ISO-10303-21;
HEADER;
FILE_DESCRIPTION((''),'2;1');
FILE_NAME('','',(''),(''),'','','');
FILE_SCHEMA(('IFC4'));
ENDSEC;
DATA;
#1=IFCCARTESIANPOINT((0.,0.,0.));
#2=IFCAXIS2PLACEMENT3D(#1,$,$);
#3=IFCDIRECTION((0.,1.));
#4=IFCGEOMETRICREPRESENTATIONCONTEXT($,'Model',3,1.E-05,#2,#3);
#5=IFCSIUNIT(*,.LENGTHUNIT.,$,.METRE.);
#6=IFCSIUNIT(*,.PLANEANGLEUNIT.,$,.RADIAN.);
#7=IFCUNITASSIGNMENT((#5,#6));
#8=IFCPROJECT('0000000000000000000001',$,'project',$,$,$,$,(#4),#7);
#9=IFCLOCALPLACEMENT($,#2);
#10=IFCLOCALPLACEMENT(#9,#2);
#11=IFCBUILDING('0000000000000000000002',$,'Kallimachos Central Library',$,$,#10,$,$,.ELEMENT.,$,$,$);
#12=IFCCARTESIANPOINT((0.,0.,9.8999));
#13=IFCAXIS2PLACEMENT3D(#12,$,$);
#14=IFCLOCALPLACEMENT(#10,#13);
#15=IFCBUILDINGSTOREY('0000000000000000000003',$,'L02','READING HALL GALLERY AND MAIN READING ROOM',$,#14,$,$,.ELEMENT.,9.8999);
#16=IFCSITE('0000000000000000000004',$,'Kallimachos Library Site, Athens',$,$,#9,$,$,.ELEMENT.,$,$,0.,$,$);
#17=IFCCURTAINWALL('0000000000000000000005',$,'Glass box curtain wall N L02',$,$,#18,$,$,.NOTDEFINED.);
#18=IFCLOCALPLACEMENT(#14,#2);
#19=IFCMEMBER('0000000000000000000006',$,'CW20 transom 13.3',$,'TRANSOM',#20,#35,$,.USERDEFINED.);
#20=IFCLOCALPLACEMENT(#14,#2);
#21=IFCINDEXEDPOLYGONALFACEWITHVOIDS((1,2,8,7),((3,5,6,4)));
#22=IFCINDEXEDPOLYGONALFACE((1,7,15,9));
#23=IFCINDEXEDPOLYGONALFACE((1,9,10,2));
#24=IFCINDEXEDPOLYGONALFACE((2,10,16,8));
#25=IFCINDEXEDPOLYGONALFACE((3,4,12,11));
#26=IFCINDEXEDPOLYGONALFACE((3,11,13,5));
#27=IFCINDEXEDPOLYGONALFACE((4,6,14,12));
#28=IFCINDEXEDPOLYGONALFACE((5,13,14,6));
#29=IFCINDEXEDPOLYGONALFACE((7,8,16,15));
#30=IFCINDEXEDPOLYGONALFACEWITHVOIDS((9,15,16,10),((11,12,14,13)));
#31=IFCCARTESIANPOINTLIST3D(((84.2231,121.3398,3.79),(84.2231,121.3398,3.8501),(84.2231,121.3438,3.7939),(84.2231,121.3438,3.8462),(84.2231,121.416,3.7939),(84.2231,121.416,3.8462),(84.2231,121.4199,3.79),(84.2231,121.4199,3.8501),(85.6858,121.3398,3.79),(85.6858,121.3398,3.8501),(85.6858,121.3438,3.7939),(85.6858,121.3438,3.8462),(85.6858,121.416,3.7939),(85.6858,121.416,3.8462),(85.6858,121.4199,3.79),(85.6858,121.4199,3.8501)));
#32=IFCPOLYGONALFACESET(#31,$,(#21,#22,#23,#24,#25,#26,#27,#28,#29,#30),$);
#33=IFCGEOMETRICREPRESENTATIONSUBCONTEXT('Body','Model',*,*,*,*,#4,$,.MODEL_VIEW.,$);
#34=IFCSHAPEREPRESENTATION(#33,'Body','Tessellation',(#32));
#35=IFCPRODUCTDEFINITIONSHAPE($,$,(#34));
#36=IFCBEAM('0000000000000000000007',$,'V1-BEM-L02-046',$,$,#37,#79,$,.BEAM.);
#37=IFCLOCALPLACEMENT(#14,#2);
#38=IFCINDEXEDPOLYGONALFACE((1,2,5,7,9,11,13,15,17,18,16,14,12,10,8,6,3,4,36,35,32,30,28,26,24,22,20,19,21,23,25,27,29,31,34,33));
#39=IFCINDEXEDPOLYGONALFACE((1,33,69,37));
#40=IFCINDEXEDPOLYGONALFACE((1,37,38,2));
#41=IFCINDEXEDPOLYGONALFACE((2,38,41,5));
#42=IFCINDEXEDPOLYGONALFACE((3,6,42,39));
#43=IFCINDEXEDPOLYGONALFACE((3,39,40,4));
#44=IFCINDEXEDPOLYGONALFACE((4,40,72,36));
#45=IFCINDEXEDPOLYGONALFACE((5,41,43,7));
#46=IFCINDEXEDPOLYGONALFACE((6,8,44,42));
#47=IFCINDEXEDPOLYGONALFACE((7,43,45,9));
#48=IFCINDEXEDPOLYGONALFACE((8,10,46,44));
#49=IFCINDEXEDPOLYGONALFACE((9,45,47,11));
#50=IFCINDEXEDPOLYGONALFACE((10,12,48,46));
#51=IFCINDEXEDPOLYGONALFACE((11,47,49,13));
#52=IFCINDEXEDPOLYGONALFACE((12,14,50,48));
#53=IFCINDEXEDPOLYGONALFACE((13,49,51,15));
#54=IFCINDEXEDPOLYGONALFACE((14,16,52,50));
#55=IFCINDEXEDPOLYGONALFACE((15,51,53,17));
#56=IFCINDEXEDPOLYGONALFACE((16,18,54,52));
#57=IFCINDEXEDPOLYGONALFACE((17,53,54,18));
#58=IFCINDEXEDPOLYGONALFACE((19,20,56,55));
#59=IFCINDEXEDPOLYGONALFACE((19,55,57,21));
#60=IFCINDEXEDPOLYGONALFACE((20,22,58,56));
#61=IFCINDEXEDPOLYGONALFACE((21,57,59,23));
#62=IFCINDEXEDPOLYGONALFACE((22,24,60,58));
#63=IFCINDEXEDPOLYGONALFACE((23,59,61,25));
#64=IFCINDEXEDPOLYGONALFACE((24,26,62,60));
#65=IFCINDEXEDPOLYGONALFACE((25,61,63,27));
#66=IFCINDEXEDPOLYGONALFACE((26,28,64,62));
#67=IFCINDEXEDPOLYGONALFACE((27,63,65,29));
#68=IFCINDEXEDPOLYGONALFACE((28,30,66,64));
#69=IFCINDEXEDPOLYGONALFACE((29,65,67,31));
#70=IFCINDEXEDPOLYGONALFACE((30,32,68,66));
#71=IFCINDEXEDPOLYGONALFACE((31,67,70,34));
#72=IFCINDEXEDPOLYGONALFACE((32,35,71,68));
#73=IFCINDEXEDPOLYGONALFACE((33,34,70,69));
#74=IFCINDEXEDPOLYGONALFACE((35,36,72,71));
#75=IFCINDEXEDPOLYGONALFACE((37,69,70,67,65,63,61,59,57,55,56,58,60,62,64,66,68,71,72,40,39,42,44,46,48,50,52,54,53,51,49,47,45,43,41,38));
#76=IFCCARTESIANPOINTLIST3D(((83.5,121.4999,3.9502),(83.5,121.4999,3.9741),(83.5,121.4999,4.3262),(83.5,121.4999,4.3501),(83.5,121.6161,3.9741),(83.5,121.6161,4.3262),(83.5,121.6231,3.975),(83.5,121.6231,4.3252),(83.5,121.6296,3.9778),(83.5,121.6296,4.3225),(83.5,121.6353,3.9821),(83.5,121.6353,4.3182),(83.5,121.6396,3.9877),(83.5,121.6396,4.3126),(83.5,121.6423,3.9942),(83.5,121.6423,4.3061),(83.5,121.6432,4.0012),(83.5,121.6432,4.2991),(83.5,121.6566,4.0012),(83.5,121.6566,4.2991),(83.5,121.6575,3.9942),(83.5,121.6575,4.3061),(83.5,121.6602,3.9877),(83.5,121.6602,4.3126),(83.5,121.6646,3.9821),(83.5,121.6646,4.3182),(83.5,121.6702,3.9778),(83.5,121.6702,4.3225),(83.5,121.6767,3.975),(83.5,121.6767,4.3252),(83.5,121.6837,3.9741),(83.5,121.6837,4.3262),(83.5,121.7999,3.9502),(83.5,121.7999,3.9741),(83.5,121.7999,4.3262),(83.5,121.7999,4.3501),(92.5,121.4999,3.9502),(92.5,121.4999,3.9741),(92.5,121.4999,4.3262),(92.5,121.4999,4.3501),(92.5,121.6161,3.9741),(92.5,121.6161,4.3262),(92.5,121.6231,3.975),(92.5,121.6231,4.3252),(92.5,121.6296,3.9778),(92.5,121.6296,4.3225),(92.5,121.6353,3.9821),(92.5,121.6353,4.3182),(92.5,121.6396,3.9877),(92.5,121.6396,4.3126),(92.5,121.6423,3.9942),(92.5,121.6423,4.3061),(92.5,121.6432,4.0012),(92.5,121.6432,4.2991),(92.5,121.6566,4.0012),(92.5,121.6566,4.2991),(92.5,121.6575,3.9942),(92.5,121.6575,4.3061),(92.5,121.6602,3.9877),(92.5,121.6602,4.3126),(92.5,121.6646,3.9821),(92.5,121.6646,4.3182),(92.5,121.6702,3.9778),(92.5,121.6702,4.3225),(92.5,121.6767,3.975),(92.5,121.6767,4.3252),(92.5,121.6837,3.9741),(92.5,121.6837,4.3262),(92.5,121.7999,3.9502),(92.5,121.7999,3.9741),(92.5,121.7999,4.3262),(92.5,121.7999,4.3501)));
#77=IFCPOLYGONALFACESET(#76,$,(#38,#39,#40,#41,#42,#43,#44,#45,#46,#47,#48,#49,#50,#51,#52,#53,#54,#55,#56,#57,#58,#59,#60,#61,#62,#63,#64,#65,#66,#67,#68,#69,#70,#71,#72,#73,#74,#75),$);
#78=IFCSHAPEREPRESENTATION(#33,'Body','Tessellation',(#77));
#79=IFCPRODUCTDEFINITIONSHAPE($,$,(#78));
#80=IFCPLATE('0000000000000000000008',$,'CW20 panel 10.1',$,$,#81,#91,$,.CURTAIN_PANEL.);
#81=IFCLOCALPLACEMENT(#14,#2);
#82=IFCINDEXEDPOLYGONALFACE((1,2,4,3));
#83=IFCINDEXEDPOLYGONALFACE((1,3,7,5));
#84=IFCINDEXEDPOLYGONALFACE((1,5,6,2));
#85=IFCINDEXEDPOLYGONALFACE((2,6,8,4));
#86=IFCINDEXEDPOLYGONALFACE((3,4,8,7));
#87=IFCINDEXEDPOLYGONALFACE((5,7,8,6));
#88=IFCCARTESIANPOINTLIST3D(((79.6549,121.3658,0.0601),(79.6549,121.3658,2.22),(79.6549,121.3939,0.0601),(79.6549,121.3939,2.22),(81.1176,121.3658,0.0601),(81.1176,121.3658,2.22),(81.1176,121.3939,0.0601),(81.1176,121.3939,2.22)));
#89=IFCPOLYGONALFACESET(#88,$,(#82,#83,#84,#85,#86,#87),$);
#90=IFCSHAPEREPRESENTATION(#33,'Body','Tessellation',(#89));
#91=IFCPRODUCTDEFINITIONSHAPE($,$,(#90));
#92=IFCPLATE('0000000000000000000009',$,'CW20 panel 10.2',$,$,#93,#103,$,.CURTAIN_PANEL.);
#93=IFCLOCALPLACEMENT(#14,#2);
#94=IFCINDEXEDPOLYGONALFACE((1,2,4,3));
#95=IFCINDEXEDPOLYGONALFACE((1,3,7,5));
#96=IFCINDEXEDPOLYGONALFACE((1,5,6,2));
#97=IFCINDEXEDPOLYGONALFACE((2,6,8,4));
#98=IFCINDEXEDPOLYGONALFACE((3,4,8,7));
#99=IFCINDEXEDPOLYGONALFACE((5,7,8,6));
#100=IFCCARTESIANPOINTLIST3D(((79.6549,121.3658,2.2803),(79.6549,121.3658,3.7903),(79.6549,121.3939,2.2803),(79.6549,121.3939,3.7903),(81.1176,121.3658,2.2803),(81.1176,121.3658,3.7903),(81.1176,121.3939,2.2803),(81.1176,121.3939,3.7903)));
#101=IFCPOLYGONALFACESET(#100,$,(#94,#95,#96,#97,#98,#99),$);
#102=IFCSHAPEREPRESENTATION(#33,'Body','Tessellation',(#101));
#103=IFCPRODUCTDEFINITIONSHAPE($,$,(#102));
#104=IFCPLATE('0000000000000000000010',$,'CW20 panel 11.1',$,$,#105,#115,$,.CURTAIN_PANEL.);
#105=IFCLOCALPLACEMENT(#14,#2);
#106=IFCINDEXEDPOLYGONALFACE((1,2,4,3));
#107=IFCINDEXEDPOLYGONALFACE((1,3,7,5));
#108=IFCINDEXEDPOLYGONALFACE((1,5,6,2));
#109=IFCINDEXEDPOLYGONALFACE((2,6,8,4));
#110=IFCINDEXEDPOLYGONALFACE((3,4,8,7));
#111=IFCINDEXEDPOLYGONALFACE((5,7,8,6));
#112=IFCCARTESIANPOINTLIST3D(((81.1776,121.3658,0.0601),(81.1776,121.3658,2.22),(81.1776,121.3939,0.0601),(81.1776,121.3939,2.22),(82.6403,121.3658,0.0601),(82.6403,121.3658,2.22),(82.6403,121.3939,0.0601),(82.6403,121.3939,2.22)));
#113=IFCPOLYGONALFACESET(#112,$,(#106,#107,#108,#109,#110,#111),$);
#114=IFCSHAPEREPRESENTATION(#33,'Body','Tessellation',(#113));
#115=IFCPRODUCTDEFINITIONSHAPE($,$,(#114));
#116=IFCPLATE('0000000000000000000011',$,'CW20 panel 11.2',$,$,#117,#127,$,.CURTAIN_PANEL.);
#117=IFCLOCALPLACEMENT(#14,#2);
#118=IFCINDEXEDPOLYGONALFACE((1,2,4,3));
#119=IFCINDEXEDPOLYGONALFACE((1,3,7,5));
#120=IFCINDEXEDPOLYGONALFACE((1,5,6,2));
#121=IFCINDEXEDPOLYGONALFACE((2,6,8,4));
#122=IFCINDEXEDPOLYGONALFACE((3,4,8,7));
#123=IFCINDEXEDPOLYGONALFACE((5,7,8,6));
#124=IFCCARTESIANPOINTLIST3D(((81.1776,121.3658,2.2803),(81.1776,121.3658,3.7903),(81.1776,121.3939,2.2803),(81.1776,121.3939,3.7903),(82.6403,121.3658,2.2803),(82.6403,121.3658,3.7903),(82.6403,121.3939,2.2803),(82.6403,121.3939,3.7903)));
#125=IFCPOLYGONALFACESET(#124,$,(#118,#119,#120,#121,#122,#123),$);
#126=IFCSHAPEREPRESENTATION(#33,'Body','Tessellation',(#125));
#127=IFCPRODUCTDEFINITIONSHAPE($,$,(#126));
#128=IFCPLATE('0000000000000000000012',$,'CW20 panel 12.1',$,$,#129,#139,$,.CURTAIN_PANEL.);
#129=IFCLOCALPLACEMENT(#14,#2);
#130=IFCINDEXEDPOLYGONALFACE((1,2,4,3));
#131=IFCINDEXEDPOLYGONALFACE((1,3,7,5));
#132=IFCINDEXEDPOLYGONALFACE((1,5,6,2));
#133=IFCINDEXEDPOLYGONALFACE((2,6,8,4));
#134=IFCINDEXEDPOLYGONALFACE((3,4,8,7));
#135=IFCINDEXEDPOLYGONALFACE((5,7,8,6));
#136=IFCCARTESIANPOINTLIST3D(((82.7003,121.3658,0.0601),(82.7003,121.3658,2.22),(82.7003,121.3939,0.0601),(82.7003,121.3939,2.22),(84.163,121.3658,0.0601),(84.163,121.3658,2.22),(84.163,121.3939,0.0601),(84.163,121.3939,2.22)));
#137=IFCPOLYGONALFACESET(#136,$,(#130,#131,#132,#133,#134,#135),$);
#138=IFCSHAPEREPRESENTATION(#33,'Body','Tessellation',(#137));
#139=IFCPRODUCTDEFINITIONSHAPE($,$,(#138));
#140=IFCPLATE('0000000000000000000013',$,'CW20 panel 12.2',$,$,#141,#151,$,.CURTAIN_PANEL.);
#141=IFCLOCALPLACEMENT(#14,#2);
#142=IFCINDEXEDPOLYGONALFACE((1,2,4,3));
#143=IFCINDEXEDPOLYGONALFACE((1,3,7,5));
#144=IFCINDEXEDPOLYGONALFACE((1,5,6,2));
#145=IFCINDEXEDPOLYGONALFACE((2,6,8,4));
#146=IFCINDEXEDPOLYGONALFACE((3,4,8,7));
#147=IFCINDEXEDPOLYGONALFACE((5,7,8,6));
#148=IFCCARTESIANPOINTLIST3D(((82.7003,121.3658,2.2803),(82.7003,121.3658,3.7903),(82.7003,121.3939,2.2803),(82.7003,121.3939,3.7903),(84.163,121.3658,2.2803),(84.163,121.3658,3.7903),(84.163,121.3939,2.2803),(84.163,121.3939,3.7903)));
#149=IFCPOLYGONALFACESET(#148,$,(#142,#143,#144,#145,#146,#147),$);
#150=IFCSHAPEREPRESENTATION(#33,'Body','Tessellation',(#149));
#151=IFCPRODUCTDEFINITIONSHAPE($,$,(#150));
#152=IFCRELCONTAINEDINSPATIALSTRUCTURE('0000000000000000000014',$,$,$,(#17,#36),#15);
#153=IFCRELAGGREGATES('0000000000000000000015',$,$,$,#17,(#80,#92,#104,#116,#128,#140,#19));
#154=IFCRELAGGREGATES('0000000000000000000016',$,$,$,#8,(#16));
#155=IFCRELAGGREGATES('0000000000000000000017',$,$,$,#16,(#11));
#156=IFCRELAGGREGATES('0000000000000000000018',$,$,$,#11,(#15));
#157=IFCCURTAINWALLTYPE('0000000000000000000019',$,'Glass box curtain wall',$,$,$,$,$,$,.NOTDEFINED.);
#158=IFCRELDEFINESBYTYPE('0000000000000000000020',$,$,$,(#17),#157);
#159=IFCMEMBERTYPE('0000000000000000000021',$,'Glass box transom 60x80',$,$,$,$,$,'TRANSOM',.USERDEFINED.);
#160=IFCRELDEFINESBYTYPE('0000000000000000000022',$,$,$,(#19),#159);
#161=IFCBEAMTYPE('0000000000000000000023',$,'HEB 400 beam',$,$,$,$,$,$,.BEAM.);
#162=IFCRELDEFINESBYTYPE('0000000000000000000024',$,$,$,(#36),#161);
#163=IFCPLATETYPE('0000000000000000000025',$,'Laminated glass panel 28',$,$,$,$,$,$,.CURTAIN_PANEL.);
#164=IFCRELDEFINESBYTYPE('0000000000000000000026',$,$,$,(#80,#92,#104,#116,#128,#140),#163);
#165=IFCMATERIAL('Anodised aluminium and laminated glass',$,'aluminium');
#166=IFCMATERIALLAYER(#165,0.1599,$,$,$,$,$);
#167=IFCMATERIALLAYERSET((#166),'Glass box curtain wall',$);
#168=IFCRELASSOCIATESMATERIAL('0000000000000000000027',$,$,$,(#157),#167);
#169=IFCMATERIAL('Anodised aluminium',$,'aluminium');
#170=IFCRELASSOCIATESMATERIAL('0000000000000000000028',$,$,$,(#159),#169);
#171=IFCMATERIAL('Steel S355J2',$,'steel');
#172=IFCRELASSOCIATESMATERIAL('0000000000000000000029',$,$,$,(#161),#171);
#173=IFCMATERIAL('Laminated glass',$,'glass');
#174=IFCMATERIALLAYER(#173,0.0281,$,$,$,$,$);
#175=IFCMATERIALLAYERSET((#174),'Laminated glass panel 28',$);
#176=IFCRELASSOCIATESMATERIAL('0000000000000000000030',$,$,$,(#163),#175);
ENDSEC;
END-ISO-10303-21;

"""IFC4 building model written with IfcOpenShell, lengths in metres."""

from ifc_helpers import new_model, si_unit, direction, frame, origin, origin_2d, place, context, subcontext, project, spatial, rectangle, hollow_rectangle, i_section, extrude, material, layer, layer_set, material_profile, profile_set, type_object, element, aggregate, save


model = new_model("IFC4")

# Units and contexts
model_context = context("Model", 3, precision=1e-05, world=origin(), true_north=direction((0.0, 1.0)))
body_context = subcontext(model_context, "Body", "Model", "MODEL_VIEW")
ifc_project = project(units=[si_unit("LENGTHUNIT", "METRE"), si_unit("PLANEANGLEUNIT", "RADIAN")], contexts=[model_context])

# Site, building, storey
site_placement = place(None, origin())
site = spatial("IfcSite", under=ifc_project, at=site_placement, Name="Kallimachos Library Site, Athens", CompositionType="ELEMENT", RefElevation=0.0)
building_placement = place(site_placement, origin())
building = spatial("IfcBuilding", under=site, at=building_placement, Name="Kallimachos Central Library", CompositionType="ELEMENT")
storey_placement = place(building_placement, frame((0.0, 0.0, 9.8999)))
storey = spatial("IfcBuildingStorey", under=building, at=storey_placement, Name="L02", Description="READING HALL GALLERY AND MAIN READING ROOM", CompositionType="ELEMENT", Elevation=9.8999)

# Curtain wall, member
ifc_material_1 = material(Name="Anodised aluminium and laminated glass", Category="aluminium")
ifc_layer_1 = layer(ifc_material_1, 0.1599)
ifc_layer_set_1 = layer_set([ifc_layer_1], Name="Glass box curtain wall")
curtain_wall_type = type_object("IfcCurtainWallType", Name="Glass box curtain wall", PredefinedType="NOTDEFINED", material=ifc_layer_set_1)
curtain_wall_placement = place(storey_placement, origin())
curtain_wall = element("IfcCurtainWall", 1, at=curtain_wall_placement, inside=storey, type_object=curtain_wall_type, Name="Glass box curtain wall N L02", PredefinedType="NOTDEFINED")
ifc_material_2 = material(Name="Anodised aluminium", Category="aluminium")
ifc_material_profile_1 = material_profile(ifc_material_2, hollow_rectangle(XDim=0.0601, YDim=0.0801, WallThickness=0.0039, at=origin_2d()), Name="ALU TRANSOM 60x80")
ifc_profile_set_1 = profile_set([ifc_material_profile_1], Name="Anodised aluminium")
member_type_1 = type_object("IfcMemberType", Name="Glass box transom 60x80", ElementType="TRANSOM", PredefinedType="USERDEFINED", material=ifc_profile_set_1)
member_1_placement = place(storey_placement, frame((84.2231, 121.3799, 3.8201), z_axis=(1.0, 0.0, 0.0), x_axis=(0.0, 0.0, 1.0)))
member_1 = element("IfcMember", 2, at=member_1_placement, type_object=member_type_1, Name="CW20 transom 13.3", ObjectType="TRANSOM", PredefinedType="USERDEFINED", context=body_context, shape_type="SweptSolid", body=[
    extrude(hollow_rectangle(XDim=0.0601, YDim=0.0801, WallThickness=0.0039, at=origin_2d()), origin(), (0.0, 0.0, 1.0), 1.4626),
])

# Beam
ifc_material_3 = material(Name="Steel S355J2", Category="steel")
ifc_material_profile_2 = material_profile(ifc_material_3, i_section(OverallWidth=0.3, OverallDepth=0.3999, WebThickness=0.0134, FlangeThickness=0.0239, FilletRadius=0.0271, at=origin_2d()), Name="HEB 400")
ifc_profile_set_2 = profile_set([ifc_material_profile_2], Name="Steel S355J2")
beam_type = type_object("IfcBeamType", Name="HEB 400 beam", PredefinedType="BEAM", material=ifc_profile_set_2)
beam_placement = place(storey_placement, frame((83.5, 121.6499, 4.1501), z_axis=(1.0, 0.0, 0.0), x_axis=(0.0, 1.0, 0.0)))
element("IfcBeam", 3, at=beam_placement, inside=storey, type_object=beam_type, Name="V1-BEM-L02-046", PredefinedType="BEAM", context=body_context, shape_type="SweptSolid", body=[
    extrude(i_section(OverallWidth=0.3, OverallDepth=0.3999, WebThickness=0.0134, FlangeThickness=0.0239, FilletRadius=0.0271, at=origin_2d()), origin(), (0.0, 0.0, 1.0), 9.0),
])

# Plates
ifc_material_4 = material(Name="Laminated glass", Category="glass")
ifc_layer_2 = layer(ifc_material_4, 0.0281)
ifc_layer_set_2 = layer_set([ifc_layer_2], Name="Laminated glass panel 28")
plate_type = type_object("IfcPlateType", Name="Laminated glass panel 28", PredefinedType="CURTAIN_PANEL", material=ifc_layer_set_2)
plate_1_placement = place(storey_placement, frame((80.3862, 121.3799, 0.0601), z_axis=(0.0, 0.0, 1.0), x_axis=(1.0, 0.0, 0.0)))
plate_1 = element("IfcPlate", 4, at=plate_1_placement, type_object=plate_type, Name="CW20 panel 10.1", PredefinedType="CURTAIN_PANEL", context=body_context, shape_type="SweptSolid", body=[
    extrude(rectangle(XDim=1.4626, YDim=0.0281, at=origin_2d()), origin(), (0.0, 0.0, 1.0), 2.1599),
])
plate_2_placement = place(storey_placement, frame((80.3862, 121.3799, 2.2803), z_axis=(0.0, 0.0, 1.0), x_axis=(1.0, 0.0, 0.0)))
plate_2 = element("IfcPlate", 5, at=plate_2_placement, type_object=plate_type, Name="CW20 panel 10.2", PredefinedType="CURTAIN_PANEL", context=body_context, shape_type="SweptSolid", body=[
    extrude(rectangle(XDim=1.4626, YDim=0.0281, at=origin_2d()), origin(), (0.0, 0.0, 1.0), 1.51),
])
plate_3_placement = place(storey_placement, frame((81.9089, 121.3799, 0.0601), z_axis=(0.0, 0.0, 1.0), x_axis=(1.0, 0.0, 0.0)))
plate_3 = element("IfcPlate", 6, at=plate_3_placement, type_object=plate_type, Name="CW20 panel 11.1", PredefinedType="CURTAIN_PANEL", context=body_context, shape_type="SweptSolid", body=[
    extrude(rectangle(XDim=1.4626, YDim=0.0281, at=origin_2d()), origin(), (0.0, 0.0, 1.0), 2.1599),
])
plate_4_placement = place(storey_placement, frame((81.9089, 121.3799, 2.2803), z_axis=(0.0, 0.0, 1.0), x_axis=(1.0, 0.0, 0.0)))
plate_4 = element("IfcPlate", 7, at=plate_4_placement, type_object=plate_type, Name="CW20 panel 11.2", PredefinedType="CURTAIN_PANEL", context=body_context, shape_type="SweptSolid", body=[
    extrude(rectangle(XDim=1.4626, YDim=0.0281, at=origin_2d()), origin(), (0.0, 0.0, 1.0), 1.51),
])
plate_5_placement = place(storey_placement, frame((83.4316, 121.3799, 0.0601), z_axis=(0.0, 0.0, 1.0), x_axis=(1.0, 0.0, 0.0)))
plate_5 = element("IfcPlate", 8, at=plate_5_placement, type_object=plate_type, Name="CW20 panel 12.1", PredefinedType="CURTAIN_PANEL", context=body_context, shape_type="SweptSolid", body=[
    extrude(rectangle(XDim=1.4626, YDim=0.0281, at=origin_2d()), origin(), (0.0, 0.0, 1.0), 2.1599),
])
plate_6_placement = place(storey_placement, frame((83.4316, 121.3799, 2.2803), z_axis=(0.0, 0.0, 1.0), x_axis=(1.0, 0.0, 0.0)))
plate_6 = element("IfcPlate", 9, at=plate_6_placement, type_object=plate_type, Name="CW20 panel 12.2", PredefinedType="CURTAIN_PANEL", context=body_context, shape_type="SweptSolid", body=[
    extrude(rectangle(XDim=1.4626, YDim=0.0281, at=origin_2d()), origin(), (0.0, 0.0, 1.0), 1.51),
])
aggregate(curtain_wall, [plate_1, plate_2, plate_3, plate_4, plate_5, plate_6, member_1])

save(model, "model.ifc")
